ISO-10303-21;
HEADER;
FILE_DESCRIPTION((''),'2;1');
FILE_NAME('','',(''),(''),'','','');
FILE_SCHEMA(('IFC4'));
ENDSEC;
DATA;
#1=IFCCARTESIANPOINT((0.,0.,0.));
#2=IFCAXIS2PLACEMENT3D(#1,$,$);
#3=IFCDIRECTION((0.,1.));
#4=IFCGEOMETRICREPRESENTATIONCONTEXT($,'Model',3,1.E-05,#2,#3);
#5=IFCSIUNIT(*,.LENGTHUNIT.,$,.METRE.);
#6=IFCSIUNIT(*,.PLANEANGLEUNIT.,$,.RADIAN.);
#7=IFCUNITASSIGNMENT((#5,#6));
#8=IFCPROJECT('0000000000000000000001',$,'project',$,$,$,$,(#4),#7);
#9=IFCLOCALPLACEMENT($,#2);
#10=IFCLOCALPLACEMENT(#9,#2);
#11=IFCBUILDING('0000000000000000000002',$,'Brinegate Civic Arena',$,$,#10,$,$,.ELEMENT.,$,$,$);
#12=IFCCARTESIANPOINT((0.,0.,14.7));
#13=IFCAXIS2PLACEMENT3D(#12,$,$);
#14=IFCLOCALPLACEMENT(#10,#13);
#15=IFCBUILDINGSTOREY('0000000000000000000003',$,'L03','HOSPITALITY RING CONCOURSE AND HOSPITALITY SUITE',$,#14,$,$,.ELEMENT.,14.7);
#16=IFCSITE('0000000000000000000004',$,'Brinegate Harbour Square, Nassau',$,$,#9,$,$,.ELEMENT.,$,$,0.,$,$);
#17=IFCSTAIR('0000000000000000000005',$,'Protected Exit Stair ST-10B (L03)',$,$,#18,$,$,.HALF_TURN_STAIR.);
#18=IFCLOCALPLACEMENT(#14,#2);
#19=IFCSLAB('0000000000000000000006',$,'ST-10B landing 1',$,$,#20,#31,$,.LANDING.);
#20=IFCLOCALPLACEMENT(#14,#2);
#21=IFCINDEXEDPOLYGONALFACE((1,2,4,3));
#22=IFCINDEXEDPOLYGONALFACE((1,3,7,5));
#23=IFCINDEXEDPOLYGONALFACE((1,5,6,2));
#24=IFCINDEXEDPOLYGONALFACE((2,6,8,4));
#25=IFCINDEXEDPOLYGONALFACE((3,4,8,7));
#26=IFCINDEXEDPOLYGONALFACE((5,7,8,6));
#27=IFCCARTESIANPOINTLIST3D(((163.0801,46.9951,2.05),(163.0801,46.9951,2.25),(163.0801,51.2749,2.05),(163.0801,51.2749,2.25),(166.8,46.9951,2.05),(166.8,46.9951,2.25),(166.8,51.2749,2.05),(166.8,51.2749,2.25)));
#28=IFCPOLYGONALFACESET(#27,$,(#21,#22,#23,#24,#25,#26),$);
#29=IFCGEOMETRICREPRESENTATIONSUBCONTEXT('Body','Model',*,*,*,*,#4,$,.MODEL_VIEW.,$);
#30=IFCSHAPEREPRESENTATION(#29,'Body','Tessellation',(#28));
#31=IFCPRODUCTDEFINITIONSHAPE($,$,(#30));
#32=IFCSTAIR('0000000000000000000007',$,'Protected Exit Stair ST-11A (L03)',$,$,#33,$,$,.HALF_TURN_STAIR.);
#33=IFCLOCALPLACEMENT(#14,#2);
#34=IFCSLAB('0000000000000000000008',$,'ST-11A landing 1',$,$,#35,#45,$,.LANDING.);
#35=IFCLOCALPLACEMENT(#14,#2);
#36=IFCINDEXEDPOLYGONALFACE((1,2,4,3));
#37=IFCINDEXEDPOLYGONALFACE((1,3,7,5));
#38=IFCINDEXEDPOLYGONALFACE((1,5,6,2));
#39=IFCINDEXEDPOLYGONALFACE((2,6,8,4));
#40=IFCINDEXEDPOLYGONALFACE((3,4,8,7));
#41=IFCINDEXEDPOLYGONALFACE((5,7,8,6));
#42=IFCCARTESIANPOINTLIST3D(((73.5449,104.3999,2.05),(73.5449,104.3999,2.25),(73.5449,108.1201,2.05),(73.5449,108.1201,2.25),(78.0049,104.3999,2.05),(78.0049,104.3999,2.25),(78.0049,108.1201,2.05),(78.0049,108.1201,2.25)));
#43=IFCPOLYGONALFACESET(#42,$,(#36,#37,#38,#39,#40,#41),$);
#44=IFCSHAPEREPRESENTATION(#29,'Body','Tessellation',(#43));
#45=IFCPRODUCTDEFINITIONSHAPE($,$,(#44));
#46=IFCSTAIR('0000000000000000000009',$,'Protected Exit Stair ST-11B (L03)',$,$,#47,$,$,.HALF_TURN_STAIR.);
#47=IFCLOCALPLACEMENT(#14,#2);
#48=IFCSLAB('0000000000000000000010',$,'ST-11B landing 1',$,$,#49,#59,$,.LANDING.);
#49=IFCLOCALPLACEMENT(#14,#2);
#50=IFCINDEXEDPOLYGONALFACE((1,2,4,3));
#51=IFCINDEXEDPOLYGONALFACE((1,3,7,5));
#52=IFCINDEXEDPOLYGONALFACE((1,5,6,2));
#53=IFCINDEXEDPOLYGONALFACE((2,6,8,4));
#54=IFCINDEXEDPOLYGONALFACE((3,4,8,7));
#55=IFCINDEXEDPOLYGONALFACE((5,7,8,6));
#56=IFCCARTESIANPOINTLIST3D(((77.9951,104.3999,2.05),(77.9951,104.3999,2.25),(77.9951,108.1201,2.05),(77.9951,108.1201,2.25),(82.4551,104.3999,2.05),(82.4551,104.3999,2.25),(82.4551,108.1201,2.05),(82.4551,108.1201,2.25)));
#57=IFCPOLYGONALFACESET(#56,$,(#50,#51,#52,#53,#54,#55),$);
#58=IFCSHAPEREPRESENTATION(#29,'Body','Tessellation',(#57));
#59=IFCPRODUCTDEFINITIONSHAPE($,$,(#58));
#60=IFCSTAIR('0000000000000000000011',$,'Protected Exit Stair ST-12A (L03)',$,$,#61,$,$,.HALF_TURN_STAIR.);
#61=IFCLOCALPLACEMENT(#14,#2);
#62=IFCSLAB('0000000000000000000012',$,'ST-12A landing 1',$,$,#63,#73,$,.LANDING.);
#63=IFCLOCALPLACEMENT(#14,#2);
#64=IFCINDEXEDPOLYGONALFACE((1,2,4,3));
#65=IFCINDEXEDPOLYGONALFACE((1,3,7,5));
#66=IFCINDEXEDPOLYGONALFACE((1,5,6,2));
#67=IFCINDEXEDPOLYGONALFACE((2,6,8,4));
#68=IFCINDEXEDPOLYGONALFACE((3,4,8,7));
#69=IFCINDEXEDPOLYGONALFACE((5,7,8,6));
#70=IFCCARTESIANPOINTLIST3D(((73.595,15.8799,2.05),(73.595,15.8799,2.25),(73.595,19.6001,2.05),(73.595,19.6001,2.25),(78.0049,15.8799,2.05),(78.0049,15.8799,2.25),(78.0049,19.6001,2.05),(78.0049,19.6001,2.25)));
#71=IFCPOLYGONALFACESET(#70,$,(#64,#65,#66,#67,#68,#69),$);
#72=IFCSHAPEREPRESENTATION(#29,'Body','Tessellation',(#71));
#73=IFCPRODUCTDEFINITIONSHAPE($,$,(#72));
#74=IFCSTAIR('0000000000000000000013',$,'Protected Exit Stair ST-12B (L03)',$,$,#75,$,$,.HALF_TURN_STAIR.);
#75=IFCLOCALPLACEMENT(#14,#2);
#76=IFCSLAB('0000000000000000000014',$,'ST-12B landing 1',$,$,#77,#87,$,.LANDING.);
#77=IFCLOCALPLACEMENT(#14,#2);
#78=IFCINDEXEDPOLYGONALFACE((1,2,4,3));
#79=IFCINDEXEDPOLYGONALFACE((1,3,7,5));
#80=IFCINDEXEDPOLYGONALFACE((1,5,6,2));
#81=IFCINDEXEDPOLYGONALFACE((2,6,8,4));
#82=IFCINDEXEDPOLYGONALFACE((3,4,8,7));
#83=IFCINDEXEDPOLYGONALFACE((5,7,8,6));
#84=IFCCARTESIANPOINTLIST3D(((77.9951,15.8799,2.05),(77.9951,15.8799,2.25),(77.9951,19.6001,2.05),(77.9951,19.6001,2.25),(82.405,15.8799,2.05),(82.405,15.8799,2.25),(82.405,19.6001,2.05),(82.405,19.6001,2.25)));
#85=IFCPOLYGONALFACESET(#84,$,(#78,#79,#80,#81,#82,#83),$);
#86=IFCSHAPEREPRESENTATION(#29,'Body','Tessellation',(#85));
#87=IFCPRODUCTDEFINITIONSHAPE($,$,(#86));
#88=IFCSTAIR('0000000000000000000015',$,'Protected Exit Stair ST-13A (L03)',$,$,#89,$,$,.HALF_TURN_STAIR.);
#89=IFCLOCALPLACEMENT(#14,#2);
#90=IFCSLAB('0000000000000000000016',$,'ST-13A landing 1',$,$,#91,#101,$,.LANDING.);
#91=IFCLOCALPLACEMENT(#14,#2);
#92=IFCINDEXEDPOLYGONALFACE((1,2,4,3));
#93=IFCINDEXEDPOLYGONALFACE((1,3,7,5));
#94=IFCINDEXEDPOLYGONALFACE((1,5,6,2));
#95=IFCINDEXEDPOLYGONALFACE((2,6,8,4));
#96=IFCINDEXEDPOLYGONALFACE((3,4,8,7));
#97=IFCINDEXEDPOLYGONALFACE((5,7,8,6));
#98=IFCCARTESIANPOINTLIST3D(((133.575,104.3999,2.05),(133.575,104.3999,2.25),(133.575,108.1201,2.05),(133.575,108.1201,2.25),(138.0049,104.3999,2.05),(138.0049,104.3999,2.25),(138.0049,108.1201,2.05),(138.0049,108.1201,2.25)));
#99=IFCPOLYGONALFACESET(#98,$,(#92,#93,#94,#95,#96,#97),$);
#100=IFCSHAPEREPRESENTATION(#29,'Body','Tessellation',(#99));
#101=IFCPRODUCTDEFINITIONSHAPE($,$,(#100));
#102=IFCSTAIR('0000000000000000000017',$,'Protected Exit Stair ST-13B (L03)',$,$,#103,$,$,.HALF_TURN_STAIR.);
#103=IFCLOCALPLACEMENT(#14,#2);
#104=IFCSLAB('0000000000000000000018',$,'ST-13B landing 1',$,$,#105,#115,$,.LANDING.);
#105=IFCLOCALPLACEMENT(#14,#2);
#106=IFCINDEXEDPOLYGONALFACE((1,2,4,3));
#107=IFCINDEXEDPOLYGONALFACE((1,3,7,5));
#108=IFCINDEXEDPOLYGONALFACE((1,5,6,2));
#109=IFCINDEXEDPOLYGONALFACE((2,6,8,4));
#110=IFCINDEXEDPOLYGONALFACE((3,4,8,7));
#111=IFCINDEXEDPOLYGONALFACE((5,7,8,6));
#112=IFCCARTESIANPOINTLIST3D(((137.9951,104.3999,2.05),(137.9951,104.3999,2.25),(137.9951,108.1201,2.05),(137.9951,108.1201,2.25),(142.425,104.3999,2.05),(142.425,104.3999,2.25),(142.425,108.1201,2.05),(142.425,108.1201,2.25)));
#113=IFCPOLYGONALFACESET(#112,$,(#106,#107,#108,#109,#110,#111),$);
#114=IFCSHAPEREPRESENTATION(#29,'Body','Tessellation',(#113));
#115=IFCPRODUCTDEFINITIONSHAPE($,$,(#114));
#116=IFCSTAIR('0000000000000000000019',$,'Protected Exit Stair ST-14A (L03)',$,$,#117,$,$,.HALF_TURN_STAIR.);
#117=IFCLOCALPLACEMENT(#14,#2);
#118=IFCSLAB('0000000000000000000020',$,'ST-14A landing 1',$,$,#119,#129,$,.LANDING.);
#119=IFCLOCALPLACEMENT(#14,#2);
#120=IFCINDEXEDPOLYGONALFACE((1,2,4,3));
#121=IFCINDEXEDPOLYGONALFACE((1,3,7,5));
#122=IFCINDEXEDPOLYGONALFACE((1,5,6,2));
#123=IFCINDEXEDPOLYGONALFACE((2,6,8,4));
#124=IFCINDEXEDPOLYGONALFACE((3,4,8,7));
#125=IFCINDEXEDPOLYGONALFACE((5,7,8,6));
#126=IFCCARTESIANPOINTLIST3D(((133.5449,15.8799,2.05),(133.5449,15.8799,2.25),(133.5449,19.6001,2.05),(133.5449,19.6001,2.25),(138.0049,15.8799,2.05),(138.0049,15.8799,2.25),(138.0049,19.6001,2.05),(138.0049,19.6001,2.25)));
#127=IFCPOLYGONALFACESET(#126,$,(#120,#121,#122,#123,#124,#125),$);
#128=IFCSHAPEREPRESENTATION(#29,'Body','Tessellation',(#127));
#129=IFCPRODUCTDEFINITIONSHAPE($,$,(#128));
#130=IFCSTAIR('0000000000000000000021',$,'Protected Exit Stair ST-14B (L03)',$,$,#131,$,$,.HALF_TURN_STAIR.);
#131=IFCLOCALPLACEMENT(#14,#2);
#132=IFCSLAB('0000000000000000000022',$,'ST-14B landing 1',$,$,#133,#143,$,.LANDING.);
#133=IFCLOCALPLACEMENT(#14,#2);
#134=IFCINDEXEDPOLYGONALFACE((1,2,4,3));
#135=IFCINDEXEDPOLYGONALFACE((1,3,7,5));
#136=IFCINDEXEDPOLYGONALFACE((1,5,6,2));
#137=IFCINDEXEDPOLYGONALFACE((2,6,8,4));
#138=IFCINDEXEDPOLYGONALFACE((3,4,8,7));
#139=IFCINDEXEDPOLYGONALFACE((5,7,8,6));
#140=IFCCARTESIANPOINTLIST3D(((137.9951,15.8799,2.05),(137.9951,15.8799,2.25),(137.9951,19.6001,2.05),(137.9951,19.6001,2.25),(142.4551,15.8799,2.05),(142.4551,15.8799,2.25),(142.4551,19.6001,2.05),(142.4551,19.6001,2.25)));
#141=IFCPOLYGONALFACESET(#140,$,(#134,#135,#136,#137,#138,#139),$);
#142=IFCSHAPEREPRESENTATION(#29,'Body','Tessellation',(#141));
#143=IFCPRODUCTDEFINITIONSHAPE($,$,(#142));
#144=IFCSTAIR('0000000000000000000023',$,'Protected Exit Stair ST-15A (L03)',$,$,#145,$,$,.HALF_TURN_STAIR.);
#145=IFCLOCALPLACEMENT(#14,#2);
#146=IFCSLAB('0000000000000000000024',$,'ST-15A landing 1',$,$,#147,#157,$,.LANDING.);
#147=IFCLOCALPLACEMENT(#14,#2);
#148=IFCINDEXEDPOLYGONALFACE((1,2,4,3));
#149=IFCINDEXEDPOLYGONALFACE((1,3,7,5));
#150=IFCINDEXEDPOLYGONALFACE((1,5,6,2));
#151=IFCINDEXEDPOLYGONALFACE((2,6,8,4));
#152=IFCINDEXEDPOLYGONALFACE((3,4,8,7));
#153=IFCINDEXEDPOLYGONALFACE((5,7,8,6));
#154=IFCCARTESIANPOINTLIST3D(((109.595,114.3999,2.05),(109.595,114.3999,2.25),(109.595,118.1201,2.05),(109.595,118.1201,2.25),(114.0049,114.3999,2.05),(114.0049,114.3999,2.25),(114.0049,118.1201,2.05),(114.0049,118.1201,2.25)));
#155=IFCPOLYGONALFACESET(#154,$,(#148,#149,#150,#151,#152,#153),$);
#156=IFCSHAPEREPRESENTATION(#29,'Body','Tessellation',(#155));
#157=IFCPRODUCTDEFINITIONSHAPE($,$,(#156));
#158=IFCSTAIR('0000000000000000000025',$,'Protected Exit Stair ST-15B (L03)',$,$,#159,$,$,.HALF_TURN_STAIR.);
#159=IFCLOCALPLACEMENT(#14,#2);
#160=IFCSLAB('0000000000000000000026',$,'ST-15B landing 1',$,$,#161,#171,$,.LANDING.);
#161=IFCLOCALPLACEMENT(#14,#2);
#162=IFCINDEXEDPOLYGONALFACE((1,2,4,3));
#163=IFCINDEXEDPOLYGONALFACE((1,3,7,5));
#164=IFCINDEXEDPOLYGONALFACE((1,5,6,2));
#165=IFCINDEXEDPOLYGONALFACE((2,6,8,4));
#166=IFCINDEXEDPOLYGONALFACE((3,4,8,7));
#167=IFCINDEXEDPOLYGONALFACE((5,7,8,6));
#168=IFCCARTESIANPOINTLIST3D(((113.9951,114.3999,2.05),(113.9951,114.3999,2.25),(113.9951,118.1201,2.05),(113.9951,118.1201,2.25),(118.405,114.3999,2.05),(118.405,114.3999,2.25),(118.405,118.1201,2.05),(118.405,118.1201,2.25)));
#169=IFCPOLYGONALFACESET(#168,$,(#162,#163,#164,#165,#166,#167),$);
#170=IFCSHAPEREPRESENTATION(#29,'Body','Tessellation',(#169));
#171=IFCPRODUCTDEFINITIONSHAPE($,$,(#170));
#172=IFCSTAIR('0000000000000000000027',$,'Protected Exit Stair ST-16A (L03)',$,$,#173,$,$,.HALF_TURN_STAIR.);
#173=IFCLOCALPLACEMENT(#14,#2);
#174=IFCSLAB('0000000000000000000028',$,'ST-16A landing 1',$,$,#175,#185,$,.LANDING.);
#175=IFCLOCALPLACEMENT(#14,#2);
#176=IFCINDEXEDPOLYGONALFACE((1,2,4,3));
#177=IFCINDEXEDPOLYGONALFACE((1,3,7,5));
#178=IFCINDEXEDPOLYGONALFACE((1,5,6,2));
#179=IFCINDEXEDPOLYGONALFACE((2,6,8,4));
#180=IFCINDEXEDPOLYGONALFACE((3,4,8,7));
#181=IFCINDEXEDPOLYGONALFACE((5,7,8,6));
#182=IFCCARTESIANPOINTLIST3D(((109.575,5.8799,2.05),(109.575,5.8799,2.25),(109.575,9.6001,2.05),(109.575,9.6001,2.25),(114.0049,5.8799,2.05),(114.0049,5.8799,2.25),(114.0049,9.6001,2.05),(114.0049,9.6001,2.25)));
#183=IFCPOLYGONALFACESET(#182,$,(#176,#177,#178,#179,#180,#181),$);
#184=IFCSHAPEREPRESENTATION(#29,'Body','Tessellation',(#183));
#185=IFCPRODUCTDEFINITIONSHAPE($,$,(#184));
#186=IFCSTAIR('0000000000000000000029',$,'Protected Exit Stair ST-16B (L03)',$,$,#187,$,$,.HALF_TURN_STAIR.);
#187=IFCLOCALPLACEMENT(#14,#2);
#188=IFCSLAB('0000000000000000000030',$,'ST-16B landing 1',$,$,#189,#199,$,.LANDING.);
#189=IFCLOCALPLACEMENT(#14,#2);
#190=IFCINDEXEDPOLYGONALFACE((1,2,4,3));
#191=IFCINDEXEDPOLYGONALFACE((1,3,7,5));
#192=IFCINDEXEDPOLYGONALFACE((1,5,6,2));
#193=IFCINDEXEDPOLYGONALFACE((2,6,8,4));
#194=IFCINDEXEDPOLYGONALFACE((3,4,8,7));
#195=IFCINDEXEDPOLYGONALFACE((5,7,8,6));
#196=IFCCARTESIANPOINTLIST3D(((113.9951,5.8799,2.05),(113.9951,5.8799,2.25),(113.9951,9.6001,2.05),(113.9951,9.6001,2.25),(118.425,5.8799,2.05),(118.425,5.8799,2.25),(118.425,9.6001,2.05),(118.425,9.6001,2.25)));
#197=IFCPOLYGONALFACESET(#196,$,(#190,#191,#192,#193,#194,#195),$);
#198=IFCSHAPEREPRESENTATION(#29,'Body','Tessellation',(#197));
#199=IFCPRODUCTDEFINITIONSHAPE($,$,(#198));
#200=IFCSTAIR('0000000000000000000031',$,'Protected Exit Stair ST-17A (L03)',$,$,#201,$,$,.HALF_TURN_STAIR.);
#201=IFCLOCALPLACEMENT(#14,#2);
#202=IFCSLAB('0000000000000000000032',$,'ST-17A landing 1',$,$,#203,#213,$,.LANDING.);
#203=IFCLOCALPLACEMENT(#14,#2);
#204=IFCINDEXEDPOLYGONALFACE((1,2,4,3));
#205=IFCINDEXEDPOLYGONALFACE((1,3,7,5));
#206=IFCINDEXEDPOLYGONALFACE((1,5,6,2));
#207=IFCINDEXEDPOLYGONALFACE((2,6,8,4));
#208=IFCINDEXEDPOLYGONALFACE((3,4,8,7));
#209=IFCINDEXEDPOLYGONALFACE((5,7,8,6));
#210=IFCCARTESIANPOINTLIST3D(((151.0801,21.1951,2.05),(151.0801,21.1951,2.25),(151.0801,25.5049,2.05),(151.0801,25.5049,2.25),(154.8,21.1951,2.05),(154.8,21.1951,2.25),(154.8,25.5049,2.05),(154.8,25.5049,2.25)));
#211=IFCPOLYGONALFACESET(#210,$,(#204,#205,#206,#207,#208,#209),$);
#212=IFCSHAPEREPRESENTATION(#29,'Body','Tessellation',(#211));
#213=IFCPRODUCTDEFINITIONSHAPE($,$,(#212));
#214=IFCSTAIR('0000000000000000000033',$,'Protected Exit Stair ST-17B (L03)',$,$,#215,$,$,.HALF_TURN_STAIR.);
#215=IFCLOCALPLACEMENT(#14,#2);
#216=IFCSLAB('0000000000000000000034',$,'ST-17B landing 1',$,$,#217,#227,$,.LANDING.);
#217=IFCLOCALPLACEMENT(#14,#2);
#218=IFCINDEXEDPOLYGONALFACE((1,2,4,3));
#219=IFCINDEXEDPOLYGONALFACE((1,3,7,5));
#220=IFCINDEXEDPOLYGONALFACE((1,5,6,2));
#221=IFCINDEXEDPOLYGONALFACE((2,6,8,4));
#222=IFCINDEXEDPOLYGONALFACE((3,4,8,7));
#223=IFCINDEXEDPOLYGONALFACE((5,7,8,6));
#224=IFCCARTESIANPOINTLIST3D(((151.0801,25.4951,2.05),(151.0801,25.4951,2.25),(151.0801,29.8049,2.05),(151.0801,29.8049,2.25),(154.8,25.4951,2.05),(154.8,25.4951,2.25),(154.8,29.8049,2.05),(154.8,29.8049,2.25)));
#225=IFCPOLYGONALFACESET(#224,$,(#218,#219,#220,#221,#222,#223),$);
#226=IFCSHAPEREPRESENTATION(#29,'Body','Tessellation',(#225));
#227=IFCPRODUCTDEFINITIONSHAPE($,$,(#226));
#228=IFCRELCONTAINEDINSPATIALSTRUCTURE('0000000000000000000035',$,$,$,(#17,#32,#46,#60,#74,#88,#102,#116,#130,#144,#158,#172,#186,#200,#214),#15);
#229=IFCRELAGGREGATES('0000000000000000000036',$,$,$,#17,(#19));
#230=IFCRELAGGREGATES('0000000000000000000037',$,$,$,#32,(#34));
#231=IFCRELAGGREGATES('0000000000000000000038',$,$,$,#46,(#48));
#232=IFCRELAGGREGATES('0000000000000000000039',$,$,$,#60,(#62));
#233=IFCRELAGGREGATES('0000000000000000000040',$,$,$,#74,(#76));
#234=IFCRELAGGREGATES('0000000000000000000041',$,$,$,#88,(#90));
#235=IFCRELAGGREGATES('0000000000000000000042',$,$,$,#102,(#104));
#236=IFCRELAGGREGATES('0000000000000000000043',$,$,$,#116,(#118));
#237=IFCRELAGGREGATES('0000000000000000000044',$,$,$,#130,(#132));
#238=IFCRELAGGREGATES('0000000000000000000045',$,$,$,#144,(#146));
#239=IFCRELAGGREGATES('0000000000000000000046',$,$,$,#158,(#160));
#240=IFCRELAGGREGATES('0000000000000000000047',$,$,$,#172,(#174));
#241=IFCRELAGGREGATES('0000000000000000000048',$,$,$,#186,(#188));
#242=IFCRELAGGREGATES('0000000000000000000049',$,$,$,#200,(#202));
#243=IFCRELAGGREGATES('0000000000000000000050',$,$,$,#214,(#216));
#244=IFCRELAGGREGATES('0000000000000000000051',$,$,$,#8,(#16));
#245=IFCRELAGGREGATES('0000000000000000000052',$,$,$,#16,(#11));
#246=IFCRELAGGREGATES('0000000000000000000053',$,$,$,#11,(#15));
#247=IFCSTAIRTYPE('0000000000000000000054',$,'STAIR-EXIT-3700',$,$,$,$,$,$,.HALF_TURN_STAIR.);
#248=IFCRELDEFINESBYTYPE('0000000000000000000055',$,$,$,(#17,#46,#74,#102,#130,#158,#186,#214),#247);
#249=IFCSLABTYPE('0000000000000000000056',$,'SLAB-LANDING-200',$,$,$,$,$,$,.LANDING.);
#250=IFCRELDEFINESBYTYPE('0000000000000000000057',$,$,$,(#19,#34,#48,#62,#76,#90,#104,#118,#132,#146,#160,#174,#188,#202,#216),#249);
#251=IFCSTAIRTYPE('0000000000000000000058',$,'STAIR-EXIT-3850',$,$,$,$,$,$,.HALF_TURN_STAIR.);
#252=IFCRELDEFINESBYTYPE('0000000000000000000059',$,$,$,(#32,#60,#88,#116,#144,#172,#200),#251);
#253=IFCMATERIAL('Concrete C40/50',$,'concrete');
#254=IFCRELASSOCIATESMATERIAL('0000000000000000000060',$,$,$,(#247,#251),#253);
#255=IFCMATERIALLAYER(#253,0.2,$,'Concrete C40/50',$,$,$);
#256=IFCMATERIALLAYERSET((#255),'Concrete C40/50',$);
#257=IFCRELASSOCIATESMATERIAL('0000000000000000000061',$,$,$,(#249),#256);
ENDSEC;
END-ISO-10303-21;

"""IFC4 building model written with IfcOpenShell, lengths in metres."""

from ifc_helpers import new_model, si_unit, direction, frame, origin, place, context, subcontext, project, spatial, polyline, outline, extrude, material, layer, layer_set, type_object, element, aggregate, save


model = new_model("IFC4")

# Units and contexts
model_context = context("Model", 3, precision=1e-05, world=origin(), true_north=direction((0.0, 1.0)))
body_context = subcontext(model_context, "Body", "Model", "MODEL_VIEW")
ifc_project = project(units=[si_unit("LENGTHUNIT", "METRE"), si_unit("PLANEANGLEUNIT", "RADIAN")], contexts=[model_context])

# Site, building, storey
site_placement = place(None, origin())
site = spatial("IfcSite", under=ifc_project, at=site_placement, Name="Brinegate Harbour Square, Nassau", CompositionType="ELEMENT", RefElevation=0.0)
building_placement = place(site_placement, origin())
building = spatial("IfcBuilding", under=site, at=building_placement, Name="Brinegate Civic Arena", CompositionType="ELEMENT")
storey_placement = place(building_placement, frame((0.0, 0.0, 14.7)))
storey = spatial("IfcBuildingStorey", under=building, at=storey_placement, Name="L03", Description="HOSPITALITY RING CONCOURSE AND HOSPITALITY SUITE", CompositionType="ELEMENT", Elevation=14.7)

# Stairs, slabs
ifc_material_1 = material(Name="Concrete C40/50", Category="concrete")
stair_type_1 = type_object("IfcStairType", Name="STAIR-EXIT-3700", PredefinedType="HALF_TURN_STAIR", material=ifc_material_1)
stair_1_placement = place(storey_placement, origin())
stair_1 = element("IfcStair", 1, at=stair_1_placement, inside=storey, type_object=stair_type_1, Name="Protected Exit Stair ST-10B (L03)", PredefinedType="HALF_TURN_STAIR")
ifc_layer_1 = layer(ifc_material_1, 0.2, Name="Concrete C40/50")
ifc_layer_set_1 = layer_set([ifc_layer_1], Name="Concrete C40/50")
slab_type = type_object("IfcSlabType", Name="SLAB-LANDING-200", PredefinedType="LANDING", material=ifc_layer_set_1)
slab_1_placement = place(storey_placement, frame((0.0, 0.0, 2.05)))
slab_1 = element("IfcSlab", 2, at=slab_1_placement, type_object=slab_type, Name="ST-10B landing 1", PredefinedType="LANDING", context=body_context, shape_type="SweptSolid", body=[
    extrude(outline(polyline([(163.0801, 46.9951), (166.8, 46.9951), (166.8, 51.2749), (163.0801, 51.2749), (163.0801, 46.9951)])), origin(), (0.0, 0.0, 1.0), 0.2),
])
aggregate(stair_1, [slab_1])
stair_type_2 = type_object("IfcStairType", Name="STAIR-EXIT-3850", PredefinedType="HALF_TURN_STAIR", material=ifc_material_1)
stair_2_placement = place(storey_placement, origin())
stair_2 = element("IfcStair", 3, at=stair_2_placement, inside=storey, type_object=stair_type_2, Name="Protected Exit Stair ST-11A (L03)", PredefinedType="HALF_TURN_STAIR")
slab_2_placement = place(storey_placement, frame((0.0, 0.0, 2.05)))
slab_2 = element("IfcSlab", 4, at=slab_2_placement, type_object=slab_type, Name="ST-11A landing 1", PredefinedType="LANDING", context=body_context, shape_type="SweptSolid", body=[
    extrude(outline(polyline([(73.5449, 104.3999), (78.0049, 104.3999), (78.0049, 108.1201), (73.5449, 108.1201), (73.5449, 104.3999)])), origin(), (0.0, 0.0, 1.0), 0.2),
])
aggregate(stair_2, [slab_2])
stair_3_placement = place(storey_placement, origin())
stair_3 = element("IfcStair", 5, at=stair_3_placement, inside=storey, type_object=stair_type_1, Name="Protected Exit Stair ST-11B (L03)", PredefinedType="HALF_TURN_STAIR")
slab_3_placement = place(storey_placement, frame((0.0, 0.0, 2.05)))
slab_3 = element("IfcSlab", 6, at=slab_3_placement, type_object=slab_type, Name="ST-11B landing 1", PredefinedType="LANDING", context=body_context, shape_type="SweptSolid", body=[
    extrude(outline(polyline([(77.9951, 104.3999), (82.4551, 104.3999), (82.4551, 108.1201), (77.9951, 108.1201), (77.9951, 104.3999)])), origin(), (0.0, 0.0, 1.0), 0.2),
])
aggregate(stair_3, [slab_3])
stair_4_placement = place(storey_placement, origin())
stair_4 = element("IfcStair", 7, at=stair_4_placement, inside=storey, type_object=stair_type_2, Name="Protected Exit Stair ST-12A (L03)", PredefinedType="HALF_TURN_STAIR")
slab_4_placement = place(storey_placement, frame((0.0, 0.0, 2.05)))
slab_4 = element("IfcSlab", 8, at=slab_4_placement, type_object=slab_type, Name="ST-12A landing 1", PredefinedType="LANDING", context=body_context, shape_type="SweptSolid", body=[
    extrude(outline(polyline([(73.595, 15.8799), (78.0049, 15.8799), (78.0049, 19.6001), (73.595, 19.6001), (73.595, 15.8799)])), origin(), (0.0, 0.0, 1.0), 0.2),
])
aggregate(stair_4, [slab_4])
stair_5_placement = place(storey_placement, origin())
stair_5 = element("IfcStair", 9, at=stair_5_placement, inside=storey, type_object=stair_type_1, Name="Protected Exit Stair ST-12B (L03)", PredefinedType="HALF_TURN_STAIR")
slab_5_placement = place(storey_placement, frame((0.0, 0.0, 2.05)))
slab_5 = element("IfcSlab", 10, at=slab_5_placement, type_object=slab_type, Name="ST-12B landing 1", PredefinedType="LANDING", context=body_context, shape_type="SweptSolid", body=[
    extrude(outline(polyline([(77.9951, 15.8799), (82.405, 15.8799), (82.405, 19.6001), (77.9951, 19.6001), (77.9951, 15.8799)])), origin(), (0.0, 0.0, 1.0), 0.2),
])
aggregate(stair_5, [slab_5])
stair_6_placement = place(storey_placement, origin())
stair_6 = element("IfcStair", 11, at=stair_6_placement, inside=storey, type_object=stair_type_2, Name="Protected Exit Stair ST-13A (L03)", PredefinedType="HALF_TURN_STAIR")
slab_6_placement = place(storey_placement, frame((0.0, 0.0, 2.05)))
slab_6 = element("IfcSlab", 12, at=slab_6_placement, type_object=slab_type, Name="ST-13A landing 1", PredefinedType="LANDING", context=body_context, shape_type="SweptSolid", body=[
    extrude(outline(polyline([(133.575, 104.3999), (138.0049, 104.3999), (138.0049, 108.1201), (133.575, 108.1201), (133.575, 104.3999)])), origin(), (0.0, 0.0, 1.0), 0.2),
])
aggregate(stair_6, [slab_6])
stair_7_placement = place(storey_placement, origin())
stair_7 = element("IfcStair", 13, at=stair_7_placement, inside=storey, type_object=stair_type_1, Name="Protected Exit Stair ST-13B (L03)", PredefinedType="HALF_TURN_STAIR")
slab_7_placement = place(storey_placement, frame((0.0, 0.0, 2.05)))
slab_7 = element("IfcSlab", 14, at=slab_7_placement, type_object=slab_type, Name="ST-13B landing 1", PredefinedType="LANDING", context=body_context, shape_type="SweptSolid", body=[
    extrude(outline(polyline([(137.9951, 104.3999), (142.425, 104.3999), (142.425, 108.1201), (137.9951, 108.1201), (137.9951, 104.3999)])), origin(), (0.0, 0.0, 1.0), 0.2),
])
aggregate(stair_7, [slab_7])
stair_8_placement = place(storey_placement, origin())
stair_8 = element("IfcStair", 15, at=stair_8_placement, inside=storey, type_object=stair_type_2, Name="Protected Exit Stair ST-14A (L03)", PredefinedType="HALF_TURN_STAIR")
slab_8_placement = place(storey_placement, frame((0.0, 0.0, 2.05)))
slab_8 = element("IfcSlab", 16, at=slab_8_placement, type_object=slab_type, Name="ST-14A landing 1", PredefinedType="LANDING", context=body_context, shape_type="SweptSolid", body=[
    extrude(outline(polyline([(133.5449, 15.8799), (138.0049, 15.8799), (138.0049, 19.6001), (133.5449, 19.6001), (133.5449, 15.8799)])), origin(), (0.0, 0.0, 1.0), 0.2),
])
aggregate(stair_8, [slab_8])
stair_9_placement = place(storey_placement, origin())
stair_9 = element("IfcStair", 17, at=stair_9_placement, inside=storey, type_object=stair_type_1, Name="Protected Exit Stair ST-14B (L03)", PredefinedType="HALF_TURN_STAIR")
slab_9_placement = place(storey_placement, frame((0.0, 0.0, 2.05)))
slab_9 = element("IfcSlab", 18, at=slab_9_placement, type_object=slab_type, Name="ST-14B landing 1", PredefinedType="LANDING", context=body_context, shape_type="SweptSolid", body=[
    extrude(outline(polyline([(137.9951, 15.8799), (142.4551, 15.8799), (142.4551, 19.6001), (137.9951, 19.6001), (137.9951, 15.8799)])), origin(), (0.0, 0.0, 1.0), 0.2),
])
aggregate(stair_9, [slab_9])
stair_10_placement = place(storey_placement, origin())
stair_10 = element("IfcStair", 19, at=stair_10_placement, inside=storey, type_object=stair_type_2, Name="Protected Exit Stair ST-15A (L03)", PredefinedType="HALF_TURN_STAIR")
slab_10_placement = place(storey_placement, frame((0.0, 0.0, 2.05)))
slab_10 = element("IfcSlab", 20, at=slab_10_placement, type_object=slab_type, Name="ST-15A landing 1", PredefinedType="LANDING", context=body_context, shape_type="SweptSolid", body=[
    extrude(outline(polyline([(109.595, 114.3999), (114.0049, 114.3999), (114.0049, 118.1201), (109.595, 118.1201), (109.595, 114.3999)])), origin(), (0.0, 0.0, 1.0), 0.2),
])
aggregate(stair_10, [slab_10])
stair_11_placement = place(storey_placement, origin())
stair_11 = element("IfcStair", 21, at=stair_11_placement, inside=storey, type_object=stair_type_1, Name="Protected Exit Stair ST-15B (L03)", PredefinedType="HALF_TURN_STAIR")
slab_11_placement = place(storey_placement, frame((0.0, 0.0, 2.05)))
slab_11 = element("IfcSlab", 22, at=slab_11_placement, type_object=slab_type, Name="ST-15B landing 1", PredefinedType="LANDING", context=body_context, shape_type="SweptSolid", body=[
    extrude(outline(polyline([(113.9951, 114.3999), (118.405, 114.3999), (118.405, 118.1201), (113.9951, 118.1201), (113.9951, 114.3999)])), origin(), (0.0, 0.0, 1.0), 0.2),
])
aggregate(stair_11, [slab_11])
stair_12_placement = place(storey_placement, origin())
stair_12 = element("IfcStair", 23, at=stair_12_placement, inside=storey, type_object=stair_type_2, Name="Protected Exit Stair ST-16A (L03)", PredefinedType="HALF_TURN_STAIR")
slab_12_placement = place(storey_placement, frame((0.0, 0.0, 2.05)))
slab_12 = element("IfcSlab", 24, at=slab_12_placement, type_object=slab_type, Name="ST-16A landing 1", PredefinedType="LANDING", context=body_context, shape_type="SweptSolid", body=[
    extrude(outline(polyline([(109.575, 5.8799), (114.0049, 5.8799), (114.0049, 9.6001), (109.575, 9.6001), (109.575, 5.8799)])), origin(), (0.0, 0.0, 1.0), 0.2),
])
aggregate(stair_12, [slab_12])
stair_13_placement = place(storey_placement, origin())
stair_13 = element("IfcStair", 25, at=stair_13_placement, inside=storey, type_object=stair_type_1, Name="Protected Exit Stair ST-16B (L03)", PredefinedType="HALF_TURN_STAIR")
slab_13_placement = place(storey_placement, frame((0.0, 0.0, 2.05)))
slab_13 = element("IfcSlab", 26, at=slab_13_placement, type_object=slab_type, Name="ST-16B landing 1", PredefinedType="LANDING", context=body_context, shape_type="SweptSolid", body=[
    extrude(outline(polyline([(113.9951, 5.8799), (118.425, 5.8799), (118.425, 9.6001), (113.9951, 9.6001), (113.9951, 5.8799)])), origin(), (0.0, 0.0, 1.0), 0.2),
])
aggregate(stair_13, [slab_13])
stair_14_placement = place(storey_placement, origin())
stair_14 = element("IfcStair", 27, at=stair_14_placement, inside=storey, type_object=stair_type_2, Name="Protected Exit Stair ST-17A (L03)", PredefinedType="HALF_TURN_STAIR")
slab_14_placement = place(storey_placement, frame((0.0, 0.0, 2.05)))
slab_14 = element("IfcSlab", 28, at=slab_14_placement, type_object=slab_type, Name="ST-17A landing 1", PredefinedType="LANDING", context=body_context, shape_type="SweptSolid", body=[
    extrude(outline(polyline([(151.0801, 21.1951), (154.8, 21.1951), (154.8, 25.5049), (151.0801, 25.5049), (151.0801, 21.1951)])), origin(), (0.0, 0.0, 1.0), 0.2),
])
aggregate(stair_14, [slab_14])
stair_15_placement = place(storey_placement, origin())
stair_15 = element("IfcStair", 29, at=stair_15_placement, inside=storey, type_object=stair_type_1, Name="Protected Exit Stair ST-17B (L03)", PredefinedType="HALF_TURN_STAIR")
slab_15_placement = place(storey_placement, frame((0.0, 0.0, 2.05)))
slab_15 = element("IfcSlab", 30, at=slab_15_placement, type_object=slab_type, Name="ST-17B landing 1", PredefinedType="LANDING", context=body_context, shape_type="SweptSolid", body=[
    extrude(outline(polyline([(151.0801, 25.4951), (154.8, 25.4951), (154.8, 29.8049), (151.0801, 29.8049), (151.0801, 25.4951)])), origin(), (0.0, 0.0, 1.0), 0.2),
])
aggregate(stair_15, [slab_15])

save(model, "model.ifc")
